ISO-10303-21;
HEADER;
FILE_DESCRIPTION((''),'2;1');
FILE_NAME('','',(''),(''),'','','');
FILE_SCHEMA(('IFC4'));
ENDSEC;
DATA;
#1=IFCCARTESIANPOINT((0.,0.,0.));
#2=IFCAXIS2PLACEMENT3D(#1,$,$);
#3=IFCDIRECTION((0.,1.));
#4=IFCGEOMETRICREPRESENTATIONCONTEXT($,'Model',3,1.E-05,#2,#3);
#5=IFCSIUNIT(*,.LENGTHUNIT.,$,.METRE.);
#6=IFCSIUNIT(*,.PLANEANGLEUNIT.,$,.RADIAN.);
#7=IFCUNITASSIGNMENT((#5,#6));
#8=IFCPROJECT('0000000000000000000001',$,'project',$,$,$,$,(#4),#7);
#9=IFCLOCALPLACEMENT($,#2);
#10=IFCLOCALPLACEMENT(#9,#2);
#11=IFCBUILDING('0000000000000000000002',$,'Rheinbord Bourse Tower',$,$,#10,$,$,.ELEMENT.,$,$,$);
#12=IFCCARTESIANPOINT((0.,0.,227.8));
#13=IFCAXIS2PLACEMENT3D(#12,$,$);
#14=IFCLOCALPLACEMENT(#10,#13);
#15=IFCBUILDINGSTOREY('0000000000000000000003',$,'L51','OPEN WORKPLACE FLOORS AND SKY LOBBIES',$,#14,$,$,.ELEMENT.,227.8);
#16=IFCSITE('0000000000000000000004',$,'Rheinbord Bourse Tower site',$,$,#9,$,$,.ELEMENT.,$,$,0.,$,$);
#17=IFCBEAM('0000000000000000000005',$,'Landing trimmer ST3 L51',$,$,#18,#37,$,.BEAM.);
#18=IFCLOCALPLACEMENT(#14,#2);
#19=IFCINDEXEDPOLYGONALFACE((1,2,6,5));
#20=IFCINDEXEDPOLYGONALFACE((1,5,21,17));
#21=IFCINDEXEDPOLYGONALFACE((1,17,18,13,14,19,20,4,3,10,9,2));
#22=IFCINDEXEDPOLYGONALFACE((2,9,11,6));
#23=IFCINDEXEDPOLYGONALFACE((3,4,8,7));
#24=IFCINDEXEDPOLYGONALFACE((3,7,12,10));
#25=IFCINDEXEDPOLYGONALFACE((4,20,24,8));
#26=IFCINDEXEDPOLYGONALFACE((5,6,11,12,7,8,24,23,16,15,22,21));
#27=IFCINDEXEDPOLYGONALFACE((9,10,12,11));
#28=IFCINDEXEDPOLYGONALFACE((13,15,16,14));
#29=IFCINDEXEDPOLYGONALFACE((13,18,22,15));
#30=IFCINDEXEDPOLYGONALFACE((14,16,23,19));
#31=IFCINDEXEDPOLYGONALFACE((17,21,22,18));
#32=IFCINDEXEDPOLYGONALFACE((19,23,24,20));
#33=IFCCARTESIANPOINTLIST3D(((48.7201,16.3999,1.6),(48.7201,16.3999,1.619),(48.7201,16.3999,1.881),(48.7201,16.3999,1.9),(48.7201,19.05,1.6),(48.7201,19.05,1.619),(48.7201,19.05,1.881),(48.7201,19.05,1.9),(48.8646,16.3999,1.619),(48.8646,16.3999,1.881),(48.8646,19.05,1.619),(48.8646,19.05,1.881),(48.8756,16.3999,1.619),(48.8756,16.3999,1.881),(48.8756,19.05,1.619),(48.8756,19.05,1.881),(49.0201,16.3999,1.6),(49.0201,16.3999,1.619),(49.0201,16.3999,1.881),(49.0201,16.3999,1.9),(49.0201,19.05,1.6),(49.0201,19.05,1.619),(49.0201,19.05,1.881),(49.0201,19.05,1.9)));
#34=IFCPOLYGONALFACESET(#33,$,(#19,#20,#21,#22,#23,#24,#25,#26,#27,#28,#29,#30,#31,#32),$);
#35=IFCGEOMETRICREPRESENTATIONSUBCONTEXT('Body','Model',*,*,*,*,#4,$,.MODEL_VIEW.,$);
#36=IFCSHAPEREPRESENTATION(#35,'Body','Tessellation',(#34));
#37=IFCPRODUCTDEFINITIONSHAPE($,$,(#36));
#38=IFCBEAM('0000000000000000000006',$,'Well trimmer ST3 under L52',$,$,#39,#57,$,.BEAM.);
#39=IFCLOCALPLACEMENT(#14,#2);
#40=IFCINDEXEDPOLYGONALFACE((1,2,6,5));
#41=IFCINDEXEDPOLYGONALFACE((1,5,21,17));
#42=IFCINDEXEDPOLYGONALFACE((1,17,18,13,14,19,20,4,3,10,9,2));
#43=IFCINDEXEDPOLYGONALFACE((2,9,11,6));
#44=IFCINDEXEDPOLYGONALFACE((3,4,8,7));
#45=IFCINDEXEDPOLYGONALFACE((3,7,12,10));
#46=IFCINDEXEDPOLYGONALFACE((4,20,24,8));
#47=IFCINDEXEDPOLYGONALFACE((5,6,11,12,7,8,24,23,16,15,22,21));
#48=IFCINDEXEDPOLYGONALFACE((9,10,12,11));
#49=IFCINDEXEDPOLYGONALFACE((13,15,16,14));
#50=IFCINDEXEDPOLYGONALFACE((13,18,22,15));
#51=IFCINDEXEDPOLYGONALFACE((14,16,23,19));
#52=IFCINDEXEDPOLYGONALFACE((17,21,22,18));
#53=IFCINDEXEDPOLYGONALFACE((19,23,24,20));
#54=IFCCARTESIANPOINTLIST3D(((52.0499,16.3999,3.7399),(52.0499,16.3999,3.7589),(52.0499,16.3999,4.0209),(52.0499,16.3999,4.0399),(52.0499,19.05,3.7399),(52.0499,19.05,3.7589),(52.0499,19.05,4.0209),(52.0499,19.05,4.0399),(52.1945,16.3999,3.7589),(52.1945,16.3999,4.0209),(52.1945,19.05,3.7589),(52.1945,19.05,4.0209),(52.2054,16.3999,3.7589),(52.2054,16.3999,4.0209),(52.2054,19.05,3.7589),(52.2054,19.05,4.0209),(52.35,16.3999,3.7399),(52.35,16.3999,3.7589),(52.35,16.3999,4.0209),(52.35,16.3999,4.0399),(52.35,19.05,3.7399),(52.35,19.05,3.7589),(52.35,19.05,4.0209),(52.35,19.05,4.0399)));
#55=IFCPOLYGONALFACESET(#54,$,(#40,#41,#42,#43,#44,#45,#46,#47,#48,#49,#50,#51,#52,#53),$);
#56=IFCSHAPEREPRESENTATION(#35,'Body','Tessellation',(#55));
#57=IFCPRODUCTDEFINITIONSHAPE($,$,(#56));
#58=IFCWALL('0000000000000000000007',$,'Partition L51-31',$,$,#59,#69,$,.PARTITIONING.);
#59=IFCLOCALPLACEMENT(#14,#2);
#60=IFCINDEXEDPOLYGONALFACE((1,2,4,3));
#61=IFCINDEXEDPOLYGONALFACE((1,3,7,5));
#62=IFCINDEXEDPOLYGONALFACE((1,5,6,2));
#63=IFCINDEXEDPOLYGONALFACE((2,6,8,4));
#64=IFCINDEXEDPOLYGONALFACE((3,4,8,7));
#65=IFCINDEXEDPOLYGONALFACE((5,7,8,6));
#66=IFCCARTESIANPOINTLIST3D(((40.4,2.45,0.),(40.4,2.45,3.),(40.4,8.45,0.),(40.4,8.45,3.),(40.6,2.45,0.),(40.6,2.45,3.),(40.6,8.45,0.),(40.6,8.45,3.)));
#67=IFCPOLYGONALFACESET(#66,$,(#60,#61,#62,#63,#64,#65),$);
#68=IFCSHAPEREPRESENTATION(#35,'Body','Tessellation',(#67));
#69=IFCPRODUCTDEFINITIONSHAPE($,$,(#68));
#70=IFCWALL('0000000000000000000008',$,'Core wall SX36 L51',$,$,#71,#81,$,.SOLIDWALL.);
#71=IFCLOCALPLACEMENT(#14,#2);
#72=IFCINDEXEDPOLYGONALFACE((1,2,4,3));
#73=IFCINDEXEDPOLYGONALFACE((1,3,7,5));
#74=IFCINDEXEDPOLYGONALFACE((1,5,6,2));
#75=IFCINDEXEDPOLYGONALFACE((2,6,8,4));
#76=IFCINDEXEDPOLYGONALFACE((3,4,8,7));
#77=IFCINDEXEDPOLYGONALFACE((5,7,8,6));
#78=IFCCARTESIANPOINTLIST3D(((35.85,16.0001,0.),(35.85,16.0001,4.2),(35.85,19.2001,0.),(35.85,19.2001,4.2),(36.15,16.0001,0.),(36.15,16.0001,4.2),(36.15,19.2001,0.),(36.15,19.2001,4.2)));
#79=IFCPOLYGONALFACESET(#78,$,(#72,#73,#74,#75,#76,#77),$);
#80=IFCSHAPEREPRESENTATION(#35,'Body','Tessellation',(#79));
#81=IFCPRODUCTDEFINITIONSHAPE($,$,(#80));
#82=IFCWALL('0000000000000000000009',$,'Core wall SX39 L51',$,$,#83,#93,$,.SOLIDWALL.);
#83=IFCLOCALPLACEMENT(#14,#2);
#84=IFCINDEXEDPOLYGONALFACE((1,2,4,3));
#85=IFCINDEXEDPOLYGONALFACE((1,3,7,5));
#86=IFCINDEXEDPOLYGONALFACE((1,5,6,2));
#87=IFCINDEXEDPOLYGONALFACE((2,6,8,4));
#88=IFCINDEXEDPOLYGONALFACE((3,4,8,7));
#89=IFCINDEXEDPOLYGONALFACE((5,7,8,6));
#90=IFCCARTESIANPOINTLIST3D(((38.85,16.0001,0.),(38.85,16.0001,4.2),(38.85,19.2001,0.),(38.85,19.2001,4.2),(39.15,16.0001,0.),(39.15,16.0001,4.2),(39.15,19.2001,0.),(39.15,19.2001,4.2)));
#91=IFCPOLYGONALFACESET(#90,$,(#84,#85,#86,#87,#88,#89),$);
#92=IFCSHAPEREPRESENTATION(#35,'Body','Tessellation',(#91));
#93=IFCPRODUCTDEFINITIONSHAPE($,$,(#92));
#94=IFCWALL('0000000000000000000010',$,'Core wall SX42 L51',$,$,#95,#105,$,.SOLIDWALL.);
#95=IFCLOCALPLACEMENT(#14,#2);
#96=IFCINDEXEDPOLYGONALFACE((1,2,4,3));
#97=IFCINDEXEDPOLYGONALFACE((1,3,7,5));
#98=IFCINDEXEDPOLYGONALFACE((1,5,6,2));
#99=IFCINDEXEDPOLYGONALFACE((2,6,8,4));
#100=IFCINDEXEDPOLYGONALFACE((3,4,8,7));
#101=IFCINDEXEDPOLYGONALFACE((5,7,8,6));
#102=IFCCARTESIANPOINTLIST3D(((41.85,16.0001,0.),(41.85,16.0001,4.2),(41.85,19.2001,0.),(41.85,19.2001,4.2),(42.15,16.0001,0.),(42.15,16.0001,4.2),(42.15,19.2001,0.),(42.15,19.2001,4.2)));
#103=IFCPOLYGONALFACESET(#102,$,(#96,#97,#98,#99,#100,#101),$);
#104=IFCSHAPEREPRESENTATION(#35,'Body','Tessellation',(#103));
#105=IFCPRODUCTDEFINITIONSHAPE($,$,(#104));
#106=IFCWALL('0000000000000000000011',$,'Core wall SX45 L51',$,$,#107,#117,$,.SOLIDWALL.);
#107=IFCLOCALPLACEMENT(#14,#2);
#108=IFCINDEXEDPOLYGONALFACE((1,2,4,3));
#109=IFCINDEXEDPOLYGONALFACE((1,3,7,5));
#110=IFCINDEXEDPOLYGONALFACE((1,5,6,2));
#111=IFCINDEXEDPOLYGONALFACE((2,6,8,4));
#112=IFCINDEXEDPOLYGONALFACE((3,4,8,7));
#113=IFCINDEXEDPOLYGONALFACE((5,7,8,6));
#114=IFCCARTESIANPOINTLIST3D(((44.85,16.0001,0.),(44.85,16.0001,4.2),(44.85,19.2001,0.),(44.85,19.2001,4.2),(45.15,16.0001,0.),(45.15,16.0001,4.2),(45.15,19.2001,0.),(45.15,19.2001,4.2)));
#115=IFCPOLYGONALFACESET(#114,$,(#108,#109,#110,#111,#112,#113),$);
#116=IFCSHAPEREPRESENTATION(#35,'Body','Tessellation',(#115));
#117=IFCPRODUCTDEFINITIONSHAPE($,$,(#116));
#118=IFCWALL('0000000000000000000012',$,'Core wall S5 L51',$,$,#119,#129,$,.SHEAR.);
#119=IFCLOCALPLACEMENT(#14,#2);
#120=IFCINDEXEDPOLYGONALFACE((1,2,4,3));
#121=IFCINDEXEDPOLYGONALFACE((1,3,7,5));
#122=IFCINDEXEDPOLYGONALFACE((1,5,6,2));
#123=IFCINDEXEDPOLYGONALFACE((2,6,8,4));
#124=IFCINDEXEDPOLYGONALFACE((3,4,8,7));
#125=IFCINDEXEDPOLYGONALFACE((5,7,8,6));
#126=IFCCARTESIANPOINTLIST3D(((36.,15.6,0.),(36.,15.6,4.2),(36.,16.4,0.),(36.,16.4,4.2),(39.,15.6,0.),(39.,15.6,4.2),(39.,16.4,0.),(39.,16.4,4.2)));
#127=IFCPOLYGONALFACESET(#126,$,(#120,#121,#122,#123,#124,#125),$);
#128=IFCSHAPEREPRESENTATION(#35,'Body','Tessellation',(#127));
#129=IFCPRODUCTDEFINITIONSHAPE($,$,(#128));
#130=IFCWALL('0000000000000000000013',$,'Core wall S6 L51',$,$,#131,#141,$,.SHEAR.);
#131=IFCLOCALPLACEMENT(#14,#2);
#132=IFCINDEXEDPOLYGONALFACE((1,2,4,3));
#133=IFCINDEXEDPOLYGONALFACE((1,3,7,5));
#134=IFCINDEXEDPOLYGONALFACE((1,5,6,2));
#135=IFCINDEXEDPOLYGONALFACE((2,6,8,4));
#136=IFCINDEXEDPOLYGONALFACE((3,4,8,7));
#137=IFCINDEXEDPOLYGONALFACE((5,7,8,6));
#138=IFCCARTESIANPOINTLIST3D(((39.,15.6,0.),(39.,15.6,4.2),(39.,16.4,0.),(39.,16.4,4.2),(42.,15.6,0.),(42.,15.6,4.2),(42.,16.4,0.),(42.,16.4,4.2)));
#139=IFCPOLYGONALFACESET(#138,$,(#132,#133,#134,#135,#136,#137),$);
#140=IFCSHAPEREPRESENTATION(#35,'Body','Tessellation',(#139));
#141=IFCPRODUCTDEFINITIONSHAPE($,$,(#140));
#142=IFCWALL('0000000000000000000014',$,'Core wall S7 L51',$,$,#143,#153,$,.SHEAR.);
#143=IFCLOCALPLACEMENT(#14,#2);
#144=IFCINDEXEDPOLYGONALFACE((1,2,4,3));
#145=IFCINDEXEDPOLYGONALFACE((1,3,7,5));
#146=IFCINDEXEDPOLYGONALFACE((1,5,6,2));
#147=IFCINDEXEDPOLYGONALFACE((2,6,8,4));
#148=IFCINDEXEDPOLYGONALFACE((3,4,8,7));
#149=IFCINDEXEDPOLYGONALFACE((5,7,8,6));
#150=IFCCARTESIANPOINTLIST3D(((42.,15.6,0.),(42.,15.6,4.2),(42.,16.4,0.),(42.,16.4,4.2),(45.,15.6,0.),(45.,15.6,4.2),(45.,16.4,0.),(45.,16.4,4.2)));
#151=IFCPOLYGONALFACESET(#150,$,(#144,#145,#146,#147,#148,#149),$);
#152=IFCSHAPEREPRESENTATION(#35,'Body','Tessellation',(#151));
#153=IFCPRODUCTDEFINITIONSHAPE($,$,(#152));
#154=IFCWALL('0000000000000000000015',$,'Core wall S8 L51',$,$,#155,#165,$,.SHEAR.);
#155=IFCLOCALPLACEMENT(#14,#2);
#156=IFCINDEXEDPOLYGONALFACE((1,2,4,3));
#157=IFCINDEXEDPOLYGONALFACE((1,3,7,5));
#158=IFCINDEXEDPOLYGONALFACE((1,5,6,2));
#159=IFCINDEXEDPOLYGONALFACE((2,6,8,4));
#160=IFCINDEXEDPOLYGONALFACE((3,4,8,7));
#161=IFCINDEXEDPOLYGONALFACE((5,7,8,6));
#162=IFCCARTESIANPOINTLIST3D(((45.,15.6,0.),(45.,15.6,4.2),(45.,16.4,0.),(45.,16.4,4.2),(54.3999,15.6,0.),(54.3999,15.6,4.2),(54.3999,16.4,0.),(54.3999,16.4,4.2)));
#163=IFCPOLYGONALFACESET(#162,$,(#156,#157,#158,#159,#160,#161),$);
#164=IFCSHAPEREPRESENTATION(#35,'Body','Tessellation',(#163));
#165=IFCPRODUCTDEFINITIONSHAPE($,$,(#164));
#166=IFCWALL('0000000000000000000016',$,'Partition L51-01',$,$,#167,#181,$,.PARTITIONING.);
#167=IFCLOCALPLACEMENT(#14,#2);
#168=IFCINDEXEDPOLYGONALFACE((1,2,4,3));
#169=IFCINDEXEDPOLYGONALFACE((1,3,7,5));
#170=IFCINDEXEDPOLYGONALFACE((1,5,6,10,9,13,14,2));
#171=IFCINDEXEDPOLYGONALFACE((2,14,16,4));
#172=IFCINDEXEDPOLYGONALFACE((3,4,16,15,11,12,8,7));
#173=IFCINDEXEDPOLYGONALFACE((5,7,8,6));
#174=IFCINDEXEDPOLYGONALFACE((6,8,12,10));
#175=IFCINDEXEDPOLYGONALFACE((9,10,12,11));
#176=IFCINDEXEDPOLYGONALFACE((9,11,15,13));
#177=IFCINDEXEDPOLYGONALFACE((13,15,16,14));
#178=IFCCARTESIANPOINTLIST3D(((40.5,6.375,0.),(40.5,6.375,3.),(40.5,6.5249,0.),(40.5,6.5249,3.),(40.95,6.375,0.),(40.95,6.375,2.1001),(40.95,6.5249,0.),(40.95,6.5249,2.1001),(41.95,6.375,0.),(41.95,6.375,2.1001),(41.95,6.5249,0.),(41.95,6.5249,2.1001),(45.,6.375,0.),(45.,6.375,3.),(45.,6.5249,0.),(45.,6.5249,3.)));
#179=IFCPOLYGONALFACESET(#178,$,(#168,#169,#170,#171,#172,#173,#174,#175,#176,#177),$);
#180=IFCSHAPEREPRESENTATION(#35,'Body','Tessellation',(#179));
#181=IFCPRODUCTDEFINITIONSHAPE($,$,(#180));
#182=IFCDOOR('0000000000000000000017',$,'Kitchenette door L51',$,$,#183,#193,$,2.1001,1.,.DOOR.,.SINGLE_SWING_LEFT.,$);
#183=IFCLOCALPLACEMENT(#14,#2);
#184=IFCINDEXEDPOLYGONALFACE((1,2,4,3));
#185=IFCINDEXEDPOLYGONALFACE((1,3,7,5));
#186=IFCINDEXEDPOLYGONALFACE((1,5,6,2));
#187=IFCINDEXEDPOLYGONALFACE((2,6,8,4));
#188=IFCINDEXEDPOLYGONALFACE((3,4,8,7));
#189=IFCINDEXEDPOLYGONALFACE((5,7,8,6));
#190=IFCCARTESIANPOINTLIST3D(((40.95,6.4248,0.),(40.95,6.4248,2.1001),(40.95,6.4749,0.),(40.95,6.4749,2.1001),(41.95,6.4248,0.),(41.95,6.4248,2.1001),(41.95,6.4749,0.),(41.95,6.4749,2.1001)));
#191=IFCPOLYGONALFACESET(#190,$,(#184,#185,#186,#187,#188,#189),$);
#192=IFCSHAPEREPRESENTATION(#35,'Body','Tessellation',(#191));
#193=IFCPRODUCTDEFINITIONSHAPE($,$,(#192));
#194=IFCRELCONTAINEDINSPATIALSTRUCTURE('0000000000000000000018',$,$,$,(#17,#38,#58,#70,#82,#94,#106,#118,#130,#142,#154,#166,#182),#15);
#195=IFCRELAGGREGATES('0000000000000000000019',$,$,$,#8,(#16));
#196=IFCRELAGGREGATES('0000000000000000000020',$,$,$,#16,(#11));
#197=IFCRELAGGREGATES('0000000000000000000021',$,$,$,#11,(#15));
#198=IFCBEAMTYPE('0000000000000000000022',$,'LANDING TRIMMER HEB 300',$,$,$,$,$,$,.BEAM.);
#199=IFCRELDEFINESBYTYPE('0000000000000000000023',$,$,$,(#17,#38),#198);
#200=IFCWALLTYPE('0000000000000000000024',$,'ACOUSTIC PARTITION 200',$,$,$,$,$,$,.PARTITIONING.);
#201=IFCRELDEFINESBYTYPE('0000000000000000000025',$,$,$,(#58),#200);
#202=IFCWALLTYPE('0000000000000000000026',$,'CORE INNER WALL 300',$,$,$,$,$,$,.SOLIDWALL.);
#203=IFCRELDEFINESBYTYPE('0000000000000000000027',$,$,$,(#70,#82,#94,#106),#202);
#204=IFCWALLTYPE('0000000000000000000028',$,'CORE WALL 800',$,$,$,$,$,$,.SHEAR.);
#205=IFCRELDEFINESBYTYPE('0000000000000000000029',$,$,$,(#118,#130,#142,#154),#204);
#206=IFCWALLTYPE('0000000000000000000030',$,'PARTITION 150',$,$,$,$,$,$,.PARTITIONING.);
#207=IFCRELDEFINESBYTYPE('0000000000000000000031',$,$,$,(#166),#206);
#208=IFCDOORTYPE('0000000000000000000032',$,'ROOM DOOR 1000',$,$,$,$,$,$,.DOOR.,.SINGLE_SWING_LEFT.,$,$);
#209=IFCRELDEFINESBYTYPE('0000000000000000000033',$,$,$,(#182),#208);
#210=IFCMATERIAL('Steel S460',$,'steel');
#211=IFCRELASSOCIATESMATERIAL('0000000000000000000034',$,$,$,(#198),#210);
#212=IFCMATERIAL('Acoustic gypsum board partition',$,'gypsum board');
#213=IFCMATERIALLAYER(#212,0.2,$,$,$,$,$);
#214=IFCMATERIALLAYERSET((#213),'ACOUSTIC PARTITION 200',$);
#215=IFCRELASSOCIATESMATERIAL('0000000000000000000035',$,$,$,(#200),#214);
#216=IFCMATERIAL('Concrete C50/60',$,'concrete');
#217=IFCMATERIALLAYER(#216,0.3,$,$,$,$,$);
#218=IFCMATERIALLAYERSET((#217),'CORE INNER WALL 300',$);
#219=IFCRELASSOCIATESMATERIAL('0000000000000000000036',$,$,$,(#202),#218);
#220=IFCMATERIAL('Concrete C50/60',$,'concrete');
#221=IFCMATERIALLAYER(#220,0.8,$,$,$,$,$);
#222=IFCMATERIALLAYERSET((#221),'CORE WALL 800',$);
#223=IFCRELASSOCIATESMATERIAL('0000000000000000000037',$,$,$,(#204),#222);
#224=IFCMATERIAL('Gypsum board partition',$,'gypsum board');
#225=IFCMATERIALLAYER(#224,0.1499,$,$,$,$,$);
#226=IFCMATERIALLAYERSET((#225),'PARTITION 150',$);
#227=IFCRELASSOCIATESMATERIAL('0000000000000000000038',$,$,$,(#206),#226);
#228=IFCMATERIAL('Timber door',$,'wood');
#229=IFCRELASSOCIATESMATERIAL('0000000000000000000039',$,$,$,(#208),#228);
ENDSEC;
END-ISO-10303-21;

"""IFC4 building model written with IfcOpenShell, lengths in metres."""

from ifc_helpers import new_model, si_unit, direction, frame, frame_2d, origin, origin_2d, place, context, subcontext, project, spatial, rectangle, i_section, extrude, material, layer, layer_set, material_profile, profile_set, type_object, element, fill, save


model = new_model("IFC4")

# Units and contexts
model_context = context("Model", 3, precision=1e-05, world=origin(), true_north=direction((0.0, 1.0)))
body_context = subcontext(model_context, "Body", "Model", "MODEL_VIEW")
ifc_project = project(units=[si_unit("LENGTHUNIT", "METRE"), si_unit("PLANEANGLEUNIT", "RADIAN")], contexts=[model_context])

# Site, building, storey
site_placement = place(None, origin())
site = spatial("IfcSite", under=ifc_project, at=site_placement, Name="Rheinbord Bourse Tower site", CompositionType="ELEMENT", RefElevation=0.0)
building_placement = place(site_placement, origin())
building = spatial("IfcBuilding", under=site, at=building_placement, Name="Rheinbord Bourse Tower", CompositionType="ELEMENT")
storey_placement = place(building_placement, frame((0.0, 0.0, 227.8)))
storey = spatial("IfcBuildingStorey", under=building, at=storey_placement, Name="L51", Description="OPEN WORKPLACE FLOORS AND SKY LOBBIES", CompositionType="ELEMENT", Elevation=227.8)

# Beams
ifc_material_1 = material(Name="Steel S460", Category="steel")
ifc_material_profile = material_profile(ifc_material_1, i_section(OverallWidth=0.3, OverallDepth=0.3, WebThickness=0.011, FlangeThickness=0.019, at=origin_2d()), Name="HEB 300")
ifc_profile_set = profile_set([ifc_material_profile], Name="Steel S460")
beam_type = type_object("IfcBeamType", Name="LANDING TRIMMER HEB 300", PredefinedType="BEAM", material=ifc_profile_set)
for number, where, z_axis, x_axis, name in (
    (1, (48.8701, 16.3999, 1.75), (0.0, 1.0, 0.0), (-1.0, 0.0, 0.0), "Landing trimmer ST3 L51"),
    (2, (52.2, 16.3999, 3.8899), (0.0, 1.0, 0.0), (-1.0, 0.0, 0.0), "Well trimmer ST3 under L52"),
):
    element("IfcBeam", number, at=place(storey_placement, frame(where, z_axis=z_axis, x_axis=x_axis)), inside=storey, type_object=beam_type, Name=name, PredefinedType="BEAM", context=body_context, shape_type="SweptSolid", body=[
        extrude(i_section(OverallWidth=0.3, OverallDepth=0.3, WebThickness=0.011, FlangeThickness=0.019, at=origin_2d()), origin(), (0.0, 0.0, 1.0), 2.6501),
    ])

# Walls
ifc_material_2 = material(Name="Acoustic gypsum board partition", Category="gypsum board")
ifc_layer_1 = layer(ifc_material_2, 0.2)
ifc_layer_set_1 = layer_set([ifc_layer_1], Name="ACOUSTIC PARTITION 200")
wall_type_1 = type_object("IfcWallType", Name="ACOUSTIC PARTITION 200", PredefinedType="PARTITIONING", material=ifc_layer_set_1)
wall_1_placement = place(storey_placement, frame((40.5, 2.45, 0.0), z_axis=(0.0, 0.0, 1.0), x_axis=(0.0, 1.0, 0.0)))
element("IfcWall", 3, at=wall_1_placement, inside=storey, type_object=wall_type_1, Name="Partition L51-31", PredefinedType="PARTITIONING", context=body_context, shape_type="SweptSolid", body=[
    extrude(rectangle(XDim=6.0, YDim=0.2, at=frame_2d((3.0, 0.0))), origin(), (0.0, 0.0, 1.0), 3.0),
])
ifc_material_3 = material(Name="Concrete C50/60", Category="concrete")
ifc_layer_2 = layer(ifc_material_3, 0.3)
ifc_layer_set_2 = layer_set([ifc_layer_2], Name="CORE INNER WALL 300")
wall_type_2 = type_object("IfcWallType", Name="CORE INNER WALL 300", PredefinedType="SOLIDWALL", material=ifc_layer_set_2)
for number, where, z_axis, x_axis, name in (
    (4, (36.0, 16.0, 0.0), (0.0, 0.0, 1.0), (0.0, 1.0, 0.0), "Core wall SX36 L51"),
    (5, (39.0, 16.0, 0.0), (0.0, 0.0, 1.0), (0.0, 1.0, 0.0), "Core wall SX39 L51"),
    (6, (42.0, 16.0, 0.0), (0.0, 0.0, 1.0), (0.0, 1.0, 0.0), "Core wall SX42 L51"),
    (7, (45.0, 16.0, 0.0), (0.0, 0.0, 1.0), (0.0, 1.0, 0.0), "Core wall SX45 L51"),
):
    element("IfcWall", number, at=place(storey_placement, frame(where, z_axis=z_axis, x_axis=x_axis)), inside=storey, type_object=wall_type_2, Name=name, PredefinedType="SOLIDWALL", context=body_context, shape_type="SweptSolid", body=[
        extrude(rectangle(XDim=3.2, YDim=0.3, at=frame_2d((1.6001, 0.0))), origin(), (0.0, 0.0, 1.0), 4.2),
    ])
ifc_material_4 = material(Name="Concrete C50/60", Category="concrete")
ifc_layer_3 = layer(ifc_material_4, 0.8)
ifc_layer_set_3 = layer_set([ifc_layer_3], Name="CORE WALL 800")
wall_type_3 = type_object("IfcWallType", Name="CORE WALL 800", PredefinedType="SHEAR", material=ifc_layer_set_3)
for number, where, z_axis, x_axis, name in (
    (8, (36.0, 16.0, 0.0), (0.0, 0.0, 1.0), (1.0, 0.0, 0.0), "Core wall S5 L51"),
    (9, (39.0, 16.0, 0.0), (0.0, 0.0, 1.0), (1.0, 0.0, 0.0), "Core wall S6 L51"),
    (10, (42.0, 16.0, 0.0), (0.0, 0.0, 1.0), (1.0, 0.0, 0.0), "Core wall S7 L51"),
):
    element("IfcWall", number, at=place(storey_placement, frame(where, z_axis=z_axis, x_axis=x_axis)), inside=storey, type_object=wall_type_3, Name=name, PredefinedType="SHEAR", context=body_context, shape_type="SweptSolid", body=[
        extrude(rectangle(XDim=3.0, YDim=0.8, at=frame_2d((1.5, 0.0))), origin(), (0.0, 0.0, 1.0), 4.2),
    ])
wall_2_placement = place(storey_placement, frame((45.0, 16.0, 0.0), z_axis=(0.0, 0.0, 1.0), x_axis=(1.0, 0.0, 0.0)))
element("IfcWall", 11, at=wall_2_placement, inside=storey, type_object=wall_type_3, Name="Core wall S8 L51", PredefinedType="SHEAR", context=body_context, shape_type="SweptSolid", body=[
    extrude(rectangle(XDim=9.3999, YDim=0.8, at=frame_2d((4.7, 0.0))), origin(), (0.0, 0.0, 1.0), 4.2),
])

# Wall, opening, door
ifc_material_5 = material(Name="Gypsum board partition", Category="gypsum board")
ifc_layer_4 = layer(ifc_material_5, 0.1499)
ifc_layer_set_4 = layer_set([ifc_layer_4], Name="PARTITION 150")
wall_type_4 = type_object("IfcWallType", Name="PARTITION 150", PredefinedType="PARTITIONING", material=ifc_layer_set_4)
wall_3_placement = place(storey_placement, frame((40.5, 6.45, 0.0), z_axis=(0.0, 0.0, 1.0), x_axis=(1.0, 0.0, 0.0)))
wall_3 = element("IfcWall", 12, at=wall_3_placement, inside=storey, type_object=wall_type_4, Name="Partition L51-01", PredefinedType="PARTITIONING", context=body_context, shape_type="SweptSolid", body=[
    extrude(rectangle(XDim=4.5, YDim=0.1499, at=frame_2d((2.25, 0.0))), origin(), (0.0, 0.0, 1.0), 3.0),
])
opening_1_placement = place(wall_3_placement, frame((0.45, 0.0, 0.0)))
opening_1 = element("IfcOpeningElement", 13, at=opening_1_placement, cuts=wall_3, PredefinedType="OPENING", context=body_context, shape_type="SweptSolid", body=[
    extrude(rectangle(XDim=1.0, YDim=2.1001, at=frame_2d((0.5, 1.05))), frame((0.0, 0.085, 0.0), z_axis=(0.0, -1.0, 0.0), x_axis=(1.0, 0.0, 0.0)), (0.0, 0.0, 1.0), 0.1699),
])
ifc_material_6 = material(Name="Timber door", Category="wood")
door_type = type_object("IfcDoorType", Name="ROOM DOOR 1000", OperationType="SINGLE_SWING_LEFT", PredefinedType="DOOR", material=ifc_material_6)
door_1_placement = place(opening_1_placement, origin())
door_1 = element("IfcDoor", 14, at=door_1_placement, inside=storey, type_object=door_type, Name="Kitchenette door L51", OperationType="SINGLE_SWING_LEFT", OverallHeight=2.1001, OverallWidth=1.0, PredefinedType="DOOR", context=body_context, shape_type="SweptSolid", body=[
    extrude(rectangle(XDim=1.0, YDim=2.1001, at=frame_2d((0.5, 1.05))), frame((0.0, 0.0249, 0.0), z_axis=(0.0, -1.0, 0.0), x_axis=(1.0, 0.0, 0.0)), (0.0, 0.0, 1.0), 0.05),
])
fill(opening_1, door_1)

save(model, "model.ifc")
